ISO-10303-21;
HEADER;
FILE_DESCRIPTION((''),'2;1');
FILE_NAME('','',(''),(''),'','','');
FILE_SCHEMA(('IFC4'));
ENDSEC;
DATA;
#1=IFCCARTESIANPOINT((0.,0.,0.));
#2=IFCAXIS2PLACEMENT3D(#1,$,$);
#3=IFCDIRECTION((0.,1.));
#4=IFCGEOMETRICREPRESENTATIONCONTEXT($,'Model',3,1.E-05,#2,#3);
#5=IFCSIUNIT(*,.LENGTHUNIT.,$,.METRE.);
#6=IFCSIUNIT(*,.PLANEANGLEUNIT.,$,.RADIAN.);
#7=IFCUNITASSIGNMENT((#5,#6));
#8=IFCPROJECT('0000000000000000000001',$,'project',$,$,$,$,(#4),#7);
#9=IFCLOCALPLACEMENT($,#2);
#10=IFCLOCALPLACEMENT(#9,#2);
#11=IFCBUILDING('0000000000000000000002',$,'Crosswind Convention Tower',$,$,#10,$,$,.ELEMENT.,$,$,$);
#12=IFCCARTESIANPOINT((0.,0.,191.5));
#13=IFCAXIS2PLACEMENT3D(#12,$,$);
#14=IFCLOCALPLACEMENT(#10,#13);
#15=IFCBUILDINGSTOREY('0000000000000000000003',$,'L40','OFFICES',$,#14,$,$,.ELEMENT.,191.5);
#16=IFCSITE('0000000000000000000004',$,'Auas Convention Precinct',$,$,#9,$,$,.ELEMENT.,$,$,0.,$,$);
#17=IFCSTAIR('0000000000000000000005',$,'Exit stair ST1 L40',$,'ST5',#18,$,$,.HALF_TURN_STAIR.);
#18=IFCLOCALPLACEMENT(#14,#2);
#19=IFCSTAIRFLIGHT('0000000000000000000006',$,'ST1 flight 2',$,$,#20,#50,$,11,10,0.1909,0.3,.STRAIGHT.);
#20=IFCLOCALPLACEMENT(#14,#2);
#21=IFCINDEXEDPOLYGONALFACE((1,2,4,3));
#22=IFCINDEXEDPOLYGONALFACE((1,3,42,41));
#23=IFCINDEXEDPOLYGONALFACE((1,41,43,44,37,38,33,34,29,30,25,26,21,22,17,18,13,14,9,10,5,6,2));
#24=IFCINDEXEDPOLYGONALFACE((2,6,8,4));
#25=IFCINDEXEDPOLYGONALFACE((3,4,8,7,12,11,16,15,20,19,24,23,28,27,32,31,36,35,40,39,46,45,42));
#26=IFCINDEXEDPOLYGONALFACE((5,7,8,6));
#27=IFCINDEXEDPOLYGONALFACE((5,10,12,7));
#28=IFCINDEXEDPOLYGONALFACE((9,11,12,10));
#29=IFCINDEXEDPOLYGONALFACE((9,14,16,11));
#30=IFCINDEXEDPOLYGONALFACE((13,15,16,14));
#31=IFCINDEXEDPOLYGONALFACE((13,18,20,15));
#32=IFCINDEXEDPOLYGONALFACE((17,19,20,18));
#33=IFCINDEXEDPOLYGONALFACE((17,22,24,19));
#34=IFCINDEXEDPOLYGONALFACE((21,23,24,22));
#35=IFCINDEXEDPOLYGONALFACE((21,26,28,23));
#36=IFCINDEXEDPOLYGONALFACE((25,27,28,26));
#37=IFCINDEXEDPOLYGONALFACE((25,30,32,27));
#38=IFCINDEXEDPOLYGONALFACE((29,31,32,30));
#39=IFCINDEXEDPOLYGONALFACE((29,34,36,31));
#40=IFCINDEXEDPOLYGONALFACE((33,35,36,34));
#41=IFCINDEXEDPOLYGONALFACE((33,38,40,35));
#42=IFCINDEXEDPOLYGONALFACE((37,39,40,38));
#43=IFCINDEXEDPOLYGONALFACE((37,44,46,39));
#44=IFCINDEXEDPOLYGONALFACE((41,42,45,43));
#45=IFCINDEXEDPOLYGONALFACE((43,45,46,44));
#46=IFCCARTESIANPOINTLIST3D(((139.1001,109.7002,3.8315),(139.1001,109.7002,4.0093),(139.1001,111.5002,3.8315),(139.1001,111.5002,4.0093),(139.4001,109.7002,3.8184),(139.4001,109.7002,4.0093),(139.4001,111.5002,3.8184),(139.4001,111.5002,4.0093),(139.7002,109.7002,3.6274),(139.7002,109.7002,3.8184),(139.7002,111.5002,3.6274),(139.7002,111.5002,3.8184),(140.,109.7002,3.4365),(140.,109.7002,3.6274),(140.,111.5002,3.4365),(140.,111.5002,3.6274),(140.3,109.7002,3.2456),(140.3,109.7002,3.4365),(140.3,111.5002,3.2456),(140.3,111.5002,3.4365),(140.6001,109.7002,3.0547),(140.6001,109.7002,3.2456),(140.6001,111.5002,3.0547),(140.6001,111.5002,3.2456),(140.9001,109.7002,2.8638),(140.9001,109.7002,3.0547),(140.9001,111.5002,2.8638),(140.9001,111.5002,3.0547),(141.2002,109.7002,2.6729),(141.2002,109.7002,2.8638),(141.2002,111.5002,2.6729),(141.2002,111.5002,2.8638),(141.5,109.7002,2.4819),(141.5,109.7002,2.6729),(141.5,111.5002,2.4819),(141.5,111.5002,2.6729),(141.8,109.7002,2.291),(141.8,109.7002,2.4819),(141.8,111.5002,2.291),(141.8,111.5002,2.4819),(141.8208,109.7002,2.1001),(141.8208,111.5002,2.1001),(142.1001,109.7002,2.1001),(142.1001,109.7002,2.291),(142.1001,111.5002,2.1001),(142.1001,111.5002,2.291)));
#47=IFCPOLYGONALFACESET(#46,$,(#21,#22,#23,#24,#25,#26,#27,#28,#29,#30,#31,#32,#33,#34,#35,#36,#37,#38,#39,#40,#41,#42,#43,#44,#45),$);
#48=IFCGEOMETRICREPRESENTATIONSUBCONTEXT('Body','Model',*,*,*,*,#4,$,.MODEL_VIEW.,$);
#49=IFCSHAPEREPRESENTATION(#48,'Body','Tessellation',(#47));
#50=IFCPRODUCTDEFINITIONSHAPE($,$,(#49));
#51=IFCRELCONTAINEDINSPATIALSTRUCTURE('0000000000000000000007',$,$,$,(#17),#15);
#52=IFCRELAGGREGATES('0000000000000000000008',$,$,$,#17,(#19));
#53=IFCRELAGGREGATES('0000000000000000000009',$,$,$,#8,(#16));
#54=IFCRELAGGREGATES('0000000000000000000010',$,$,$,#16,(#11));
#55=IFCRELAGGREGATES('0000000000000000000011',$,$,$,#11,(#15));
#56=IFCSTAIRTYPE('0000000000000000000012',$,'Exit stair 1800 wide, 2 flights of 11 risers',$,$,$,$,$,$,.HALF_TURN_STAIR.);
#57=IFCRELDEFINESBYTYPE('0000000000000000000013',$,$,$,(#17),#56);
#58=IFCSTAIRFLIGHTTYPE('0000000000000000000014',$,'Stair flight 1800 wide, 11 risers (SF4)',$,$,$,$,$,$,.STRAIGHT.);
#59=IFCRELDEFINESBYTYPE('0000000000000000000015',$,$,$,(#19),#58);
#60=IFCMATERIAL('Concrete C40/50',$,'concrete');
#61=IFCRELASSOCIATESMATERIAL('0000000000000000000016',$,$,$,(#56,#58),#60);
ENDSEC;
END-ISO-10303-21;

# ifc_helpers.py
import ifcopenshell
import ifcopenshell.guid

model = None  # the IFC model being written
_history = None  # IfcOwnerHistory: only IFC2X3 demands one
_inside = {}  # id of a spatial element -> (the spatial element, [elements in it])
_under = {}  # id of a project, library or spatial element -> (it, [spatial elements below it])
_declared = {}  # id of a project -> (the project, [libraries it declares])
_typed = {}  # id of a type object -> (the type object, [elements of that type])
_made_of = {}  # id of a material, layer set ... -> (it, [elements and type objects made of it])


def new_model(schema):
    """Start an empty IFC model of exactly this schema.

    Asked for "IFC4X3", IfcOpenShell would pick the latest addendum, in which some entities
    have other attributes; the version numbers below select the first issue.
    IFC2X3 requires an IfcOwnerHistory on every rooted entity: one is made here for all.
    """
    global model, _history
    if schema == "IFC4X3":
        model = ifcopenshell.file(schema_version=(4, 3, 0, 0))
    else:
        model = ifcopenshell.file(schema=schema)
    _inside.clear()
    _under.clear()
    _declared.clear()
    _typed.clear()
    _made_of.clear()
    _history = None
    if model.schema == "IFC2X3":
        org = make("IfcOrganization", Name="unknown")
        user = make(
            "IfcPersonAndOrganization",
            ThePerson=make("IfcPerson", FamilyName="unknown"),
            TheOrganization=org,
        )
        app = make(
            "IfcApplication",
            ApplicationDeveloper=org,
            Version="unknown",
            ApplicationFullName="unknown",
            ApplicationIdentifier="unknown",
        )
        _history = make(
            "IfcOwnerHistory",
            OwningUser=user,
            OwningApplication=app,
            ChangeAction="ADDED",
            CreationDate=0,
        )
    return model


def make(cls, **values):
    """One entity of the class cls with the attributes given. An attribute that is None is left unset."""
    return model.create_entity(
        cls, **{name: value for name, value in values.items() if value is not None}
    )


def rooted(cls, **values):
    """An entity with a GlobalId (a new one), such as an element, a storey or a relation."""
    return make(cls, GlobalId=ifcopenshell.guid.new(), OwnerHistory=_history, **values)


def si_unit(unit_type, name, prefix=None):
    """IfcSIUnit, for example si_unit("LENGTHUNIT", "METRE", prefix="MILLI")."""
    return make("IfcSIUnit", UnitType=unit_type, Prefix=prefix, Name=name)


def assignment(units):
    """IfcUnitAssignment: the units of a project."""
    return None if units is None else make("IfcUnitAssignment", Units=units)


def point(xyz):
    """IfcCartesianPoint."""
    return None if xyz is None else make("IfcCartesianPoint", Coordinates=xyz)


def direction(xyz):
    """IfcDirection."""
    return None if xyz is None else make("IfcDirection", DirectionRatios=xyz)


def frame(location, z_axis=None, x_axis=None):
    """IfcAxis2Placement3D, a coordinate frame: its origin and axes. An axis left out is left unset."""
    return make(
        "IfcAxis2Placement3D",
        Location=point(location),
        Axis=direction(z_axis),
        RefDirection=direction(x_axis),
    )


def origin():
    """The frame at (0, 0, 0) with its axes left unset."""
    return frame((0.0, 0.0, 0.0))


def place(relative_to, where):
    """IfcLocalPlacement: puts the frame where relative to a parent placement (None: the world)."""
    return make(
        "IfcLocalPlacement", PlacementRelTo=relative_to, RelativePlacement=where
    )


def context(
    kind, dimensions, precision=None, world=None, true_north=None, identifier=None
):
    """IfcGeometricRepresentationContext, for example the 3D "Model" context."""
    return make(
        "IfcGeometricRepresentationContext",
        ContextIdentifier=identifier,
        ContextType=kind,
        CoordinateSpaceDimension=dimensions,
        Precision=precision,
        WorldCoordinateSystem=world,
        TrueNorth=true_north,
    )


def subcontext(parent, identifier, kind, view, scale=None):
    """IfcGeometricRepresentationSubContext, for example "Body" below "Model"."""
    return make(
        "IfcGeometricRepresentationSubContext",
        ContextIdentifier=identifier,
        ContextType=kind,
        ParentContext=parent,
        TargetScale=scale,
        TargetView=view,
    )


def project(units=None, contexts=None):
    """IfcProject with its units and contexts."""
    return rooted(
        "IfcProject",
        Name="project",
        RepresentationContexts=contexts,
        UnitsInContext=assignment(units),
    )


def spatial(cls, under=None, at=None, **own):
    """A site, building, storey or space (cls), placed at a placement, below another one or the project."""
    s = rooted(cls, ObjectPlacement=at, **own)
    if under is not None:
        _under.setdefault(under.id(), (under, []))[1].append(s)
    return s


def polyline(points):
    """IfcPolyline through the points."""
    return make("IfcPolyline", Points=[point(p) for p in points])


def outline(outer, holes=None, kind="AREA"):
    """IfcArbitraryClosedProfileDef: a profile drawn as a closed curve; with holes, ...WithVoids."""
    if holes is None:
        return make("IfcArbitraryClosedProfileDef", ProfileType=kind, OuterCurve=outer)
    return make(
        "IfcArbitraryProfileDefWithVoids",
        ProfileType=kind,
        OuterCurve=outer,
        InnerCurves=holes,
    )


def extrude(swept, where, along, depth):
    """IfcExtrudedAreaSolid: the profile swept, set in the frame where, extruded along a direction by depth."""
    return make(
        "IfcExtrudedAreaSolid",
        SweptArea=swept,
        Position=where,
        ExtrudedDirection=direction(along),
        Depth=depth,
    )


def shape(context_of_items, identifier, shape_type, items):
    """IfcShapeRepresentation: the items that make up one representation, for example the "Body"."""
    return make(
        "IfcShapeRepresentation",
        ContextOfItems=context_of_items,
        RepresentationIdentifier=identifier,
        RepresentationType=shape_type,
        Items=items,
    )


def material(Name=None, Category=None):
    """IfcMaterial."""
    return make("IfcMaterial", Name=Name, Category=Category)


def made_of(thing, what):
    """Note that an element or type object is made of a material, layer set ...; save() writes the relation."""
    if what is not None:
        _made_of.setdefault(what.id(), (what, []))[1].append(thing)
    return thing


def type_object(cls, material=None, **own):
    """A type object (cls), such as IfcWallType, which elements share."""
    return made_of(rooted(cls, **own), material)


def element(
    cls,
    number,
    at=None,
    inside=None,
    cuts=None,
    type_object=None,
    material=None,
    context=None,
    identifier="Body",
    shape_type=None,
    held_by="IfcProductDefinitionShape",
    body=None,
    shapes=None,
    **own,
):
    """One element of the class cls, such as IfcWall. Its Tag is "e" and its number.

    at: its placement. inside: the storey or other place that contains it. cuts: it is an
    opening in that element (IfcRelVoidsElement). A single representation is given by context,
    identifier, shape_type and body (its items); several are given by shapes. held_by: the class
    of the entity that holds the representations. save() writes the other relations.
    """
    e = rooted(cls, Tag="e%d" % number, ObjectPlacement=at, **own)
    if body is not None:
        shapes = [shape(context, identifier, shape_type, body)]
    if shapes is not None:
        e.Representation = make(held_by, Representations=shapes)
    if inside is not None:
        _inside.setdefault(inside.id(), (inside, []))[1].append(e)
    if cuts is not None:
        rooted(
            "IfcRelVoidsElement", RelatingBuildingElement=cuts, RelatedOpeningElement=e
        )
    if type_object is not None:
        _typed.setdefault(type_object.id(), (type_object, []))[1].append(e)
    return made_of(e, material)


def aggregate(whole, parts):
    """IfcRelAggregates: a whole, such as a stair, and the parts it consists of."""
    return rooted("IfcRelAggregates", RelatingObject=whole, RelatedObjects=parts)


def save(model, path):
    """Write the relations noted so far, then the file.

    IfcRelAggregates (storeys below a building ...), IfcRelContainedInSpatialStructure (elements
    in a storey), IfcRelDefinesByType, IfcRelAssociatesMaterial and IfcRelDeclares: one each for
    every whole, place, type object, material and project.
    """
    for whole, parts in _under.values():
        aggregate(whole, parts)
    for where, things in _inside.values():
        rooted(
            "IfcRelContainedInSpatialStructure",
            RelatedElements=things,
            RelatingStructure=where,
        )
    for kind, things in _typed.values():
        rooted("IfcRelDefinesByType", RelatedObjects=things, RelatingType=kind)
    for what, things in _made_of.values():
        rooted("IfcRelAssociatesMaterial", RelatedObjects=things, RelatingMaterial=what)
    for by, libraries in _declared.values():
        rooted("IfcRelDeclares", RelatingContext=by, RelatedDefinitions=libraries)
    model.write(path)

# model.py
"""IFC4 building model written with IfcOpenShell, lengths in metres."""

from ifc_helpers import new_model, si_unit, direction, frame, origin, place, context, subcontext, project, spatial, polyline, outline, extrude, material, type_object, element, aggregate, save


model = new_model("IFC4")

# Units and contexts
model_context = context("Model", 3, precision=1e-05, world=origin(), true_north=direction((0.0, 1.0)))
body_context = subcontext(model_context, "Body", "Model", "MODEL_VIEW")
ifc_project = project(units=[si_unit("LENGTHUNIT", "METRE"), si_unit("PLANEANGLEUNIT", "RADIAN")], contexts=[model_context])

# Site, building, storey
site_placement = place(None, origin())
site = spatial("IfcSite", under=ifc_project, at=site_placement, Name="Auas Convention Precinct", CompositionType="ELEMENT", RefElevation=0.0)
building_placement = place(site_placement, origin())
building = spatial("IfcBuilding", under=site, at=building_placement, Name="Crosswind Convention Tower", CompositionType="ELEMENT")
storey_placement = place(building_placement, frame((0.0, 0.0, 191.5)))
storey = spatial("IfcBuildingStorey", under=building, at=storey_placement, Name="L40", Description="OFFICES", CompositionType="ELEMENT", Elevation=191.5)

# Stair, stair flight
ifc_material_1 = material(Name="Concrete C40/50", Category="concrete")
stair_type = type_object("IfcStairType", Name="Exit stair 1800 wide, 2 flights of 11 risers", PredefinedType="HALF_TURN_STAIR", material=ifc_material_1)
stair_placement = place(storey_placement, origin())
stair = element("IfcStair", 1, at=stair_placement, inside=storey, type_object=stair_type, Name="Exit stair ST1 L40", ObjectType="ST5", PredefinedType="HALF_TURN_STAIR")
stair_flight_type = type_object("IfcStairFlightType", Name="Stair flight 1800 wide, 11 risers (SF4)", PredefinedType="STRAIGHT", material=ifc_material_1)
stair_flight_1_placement = place(storey_placement, frame((142.1001, 110.6001, 2.1001), z_axis=(0.0, 0.0, 1.0), x_axis=(-1.0, 0.0, 0.0)))
stair_flight_1 = element("IfcStairFlight", 2, at=stair_flight_1_placement, type_object=stair_flight_type, Name="ST1 flight 2", NumberOfRisers=11, NumberOfTreads=10, PredefinedType="STRAIGHT", RiserHeight=0.1909, TreadLength=0.3, context=body_context, shape_type="SweptSolid", body=[
    extrude(outline(polyline([(0.0, 0.0), (0.0, 0.1909), (0.3, 0.1909), (0.3, 0.3818), (0.6001, 0.3818), (0.6001, 0.5728), (0.8999, 0.5728), (0.8999, 0.7637), (1.2, 0.7637), (1.2, 0.9546), (1.5, 0.9546), (1.5, 1.1455), (1.8, 1.1455), (1.8, 1.3364), (2.1001, 1.3364), (2.1001, 1.5273), (2.3999, 1.5273), (2.3999, 1.7183), (2.7, 1.7183), (2.7, 1.9092), (3.0, 1.9092), (3.0, 2.1001), (3.0, 1.7314), (0.2793, 0.0), (0.0, 0.0)])), frame((0.0, 0.8999, 0.0), z_axis=(0.0, -1.0, 0.0), x_axis=(1.0, 0.0, 0.0)), (0.0, 0.0, 1.0), 1.8),
])
aggregate(stair, [stair_flight_1])

save(model, "model.ifc")
